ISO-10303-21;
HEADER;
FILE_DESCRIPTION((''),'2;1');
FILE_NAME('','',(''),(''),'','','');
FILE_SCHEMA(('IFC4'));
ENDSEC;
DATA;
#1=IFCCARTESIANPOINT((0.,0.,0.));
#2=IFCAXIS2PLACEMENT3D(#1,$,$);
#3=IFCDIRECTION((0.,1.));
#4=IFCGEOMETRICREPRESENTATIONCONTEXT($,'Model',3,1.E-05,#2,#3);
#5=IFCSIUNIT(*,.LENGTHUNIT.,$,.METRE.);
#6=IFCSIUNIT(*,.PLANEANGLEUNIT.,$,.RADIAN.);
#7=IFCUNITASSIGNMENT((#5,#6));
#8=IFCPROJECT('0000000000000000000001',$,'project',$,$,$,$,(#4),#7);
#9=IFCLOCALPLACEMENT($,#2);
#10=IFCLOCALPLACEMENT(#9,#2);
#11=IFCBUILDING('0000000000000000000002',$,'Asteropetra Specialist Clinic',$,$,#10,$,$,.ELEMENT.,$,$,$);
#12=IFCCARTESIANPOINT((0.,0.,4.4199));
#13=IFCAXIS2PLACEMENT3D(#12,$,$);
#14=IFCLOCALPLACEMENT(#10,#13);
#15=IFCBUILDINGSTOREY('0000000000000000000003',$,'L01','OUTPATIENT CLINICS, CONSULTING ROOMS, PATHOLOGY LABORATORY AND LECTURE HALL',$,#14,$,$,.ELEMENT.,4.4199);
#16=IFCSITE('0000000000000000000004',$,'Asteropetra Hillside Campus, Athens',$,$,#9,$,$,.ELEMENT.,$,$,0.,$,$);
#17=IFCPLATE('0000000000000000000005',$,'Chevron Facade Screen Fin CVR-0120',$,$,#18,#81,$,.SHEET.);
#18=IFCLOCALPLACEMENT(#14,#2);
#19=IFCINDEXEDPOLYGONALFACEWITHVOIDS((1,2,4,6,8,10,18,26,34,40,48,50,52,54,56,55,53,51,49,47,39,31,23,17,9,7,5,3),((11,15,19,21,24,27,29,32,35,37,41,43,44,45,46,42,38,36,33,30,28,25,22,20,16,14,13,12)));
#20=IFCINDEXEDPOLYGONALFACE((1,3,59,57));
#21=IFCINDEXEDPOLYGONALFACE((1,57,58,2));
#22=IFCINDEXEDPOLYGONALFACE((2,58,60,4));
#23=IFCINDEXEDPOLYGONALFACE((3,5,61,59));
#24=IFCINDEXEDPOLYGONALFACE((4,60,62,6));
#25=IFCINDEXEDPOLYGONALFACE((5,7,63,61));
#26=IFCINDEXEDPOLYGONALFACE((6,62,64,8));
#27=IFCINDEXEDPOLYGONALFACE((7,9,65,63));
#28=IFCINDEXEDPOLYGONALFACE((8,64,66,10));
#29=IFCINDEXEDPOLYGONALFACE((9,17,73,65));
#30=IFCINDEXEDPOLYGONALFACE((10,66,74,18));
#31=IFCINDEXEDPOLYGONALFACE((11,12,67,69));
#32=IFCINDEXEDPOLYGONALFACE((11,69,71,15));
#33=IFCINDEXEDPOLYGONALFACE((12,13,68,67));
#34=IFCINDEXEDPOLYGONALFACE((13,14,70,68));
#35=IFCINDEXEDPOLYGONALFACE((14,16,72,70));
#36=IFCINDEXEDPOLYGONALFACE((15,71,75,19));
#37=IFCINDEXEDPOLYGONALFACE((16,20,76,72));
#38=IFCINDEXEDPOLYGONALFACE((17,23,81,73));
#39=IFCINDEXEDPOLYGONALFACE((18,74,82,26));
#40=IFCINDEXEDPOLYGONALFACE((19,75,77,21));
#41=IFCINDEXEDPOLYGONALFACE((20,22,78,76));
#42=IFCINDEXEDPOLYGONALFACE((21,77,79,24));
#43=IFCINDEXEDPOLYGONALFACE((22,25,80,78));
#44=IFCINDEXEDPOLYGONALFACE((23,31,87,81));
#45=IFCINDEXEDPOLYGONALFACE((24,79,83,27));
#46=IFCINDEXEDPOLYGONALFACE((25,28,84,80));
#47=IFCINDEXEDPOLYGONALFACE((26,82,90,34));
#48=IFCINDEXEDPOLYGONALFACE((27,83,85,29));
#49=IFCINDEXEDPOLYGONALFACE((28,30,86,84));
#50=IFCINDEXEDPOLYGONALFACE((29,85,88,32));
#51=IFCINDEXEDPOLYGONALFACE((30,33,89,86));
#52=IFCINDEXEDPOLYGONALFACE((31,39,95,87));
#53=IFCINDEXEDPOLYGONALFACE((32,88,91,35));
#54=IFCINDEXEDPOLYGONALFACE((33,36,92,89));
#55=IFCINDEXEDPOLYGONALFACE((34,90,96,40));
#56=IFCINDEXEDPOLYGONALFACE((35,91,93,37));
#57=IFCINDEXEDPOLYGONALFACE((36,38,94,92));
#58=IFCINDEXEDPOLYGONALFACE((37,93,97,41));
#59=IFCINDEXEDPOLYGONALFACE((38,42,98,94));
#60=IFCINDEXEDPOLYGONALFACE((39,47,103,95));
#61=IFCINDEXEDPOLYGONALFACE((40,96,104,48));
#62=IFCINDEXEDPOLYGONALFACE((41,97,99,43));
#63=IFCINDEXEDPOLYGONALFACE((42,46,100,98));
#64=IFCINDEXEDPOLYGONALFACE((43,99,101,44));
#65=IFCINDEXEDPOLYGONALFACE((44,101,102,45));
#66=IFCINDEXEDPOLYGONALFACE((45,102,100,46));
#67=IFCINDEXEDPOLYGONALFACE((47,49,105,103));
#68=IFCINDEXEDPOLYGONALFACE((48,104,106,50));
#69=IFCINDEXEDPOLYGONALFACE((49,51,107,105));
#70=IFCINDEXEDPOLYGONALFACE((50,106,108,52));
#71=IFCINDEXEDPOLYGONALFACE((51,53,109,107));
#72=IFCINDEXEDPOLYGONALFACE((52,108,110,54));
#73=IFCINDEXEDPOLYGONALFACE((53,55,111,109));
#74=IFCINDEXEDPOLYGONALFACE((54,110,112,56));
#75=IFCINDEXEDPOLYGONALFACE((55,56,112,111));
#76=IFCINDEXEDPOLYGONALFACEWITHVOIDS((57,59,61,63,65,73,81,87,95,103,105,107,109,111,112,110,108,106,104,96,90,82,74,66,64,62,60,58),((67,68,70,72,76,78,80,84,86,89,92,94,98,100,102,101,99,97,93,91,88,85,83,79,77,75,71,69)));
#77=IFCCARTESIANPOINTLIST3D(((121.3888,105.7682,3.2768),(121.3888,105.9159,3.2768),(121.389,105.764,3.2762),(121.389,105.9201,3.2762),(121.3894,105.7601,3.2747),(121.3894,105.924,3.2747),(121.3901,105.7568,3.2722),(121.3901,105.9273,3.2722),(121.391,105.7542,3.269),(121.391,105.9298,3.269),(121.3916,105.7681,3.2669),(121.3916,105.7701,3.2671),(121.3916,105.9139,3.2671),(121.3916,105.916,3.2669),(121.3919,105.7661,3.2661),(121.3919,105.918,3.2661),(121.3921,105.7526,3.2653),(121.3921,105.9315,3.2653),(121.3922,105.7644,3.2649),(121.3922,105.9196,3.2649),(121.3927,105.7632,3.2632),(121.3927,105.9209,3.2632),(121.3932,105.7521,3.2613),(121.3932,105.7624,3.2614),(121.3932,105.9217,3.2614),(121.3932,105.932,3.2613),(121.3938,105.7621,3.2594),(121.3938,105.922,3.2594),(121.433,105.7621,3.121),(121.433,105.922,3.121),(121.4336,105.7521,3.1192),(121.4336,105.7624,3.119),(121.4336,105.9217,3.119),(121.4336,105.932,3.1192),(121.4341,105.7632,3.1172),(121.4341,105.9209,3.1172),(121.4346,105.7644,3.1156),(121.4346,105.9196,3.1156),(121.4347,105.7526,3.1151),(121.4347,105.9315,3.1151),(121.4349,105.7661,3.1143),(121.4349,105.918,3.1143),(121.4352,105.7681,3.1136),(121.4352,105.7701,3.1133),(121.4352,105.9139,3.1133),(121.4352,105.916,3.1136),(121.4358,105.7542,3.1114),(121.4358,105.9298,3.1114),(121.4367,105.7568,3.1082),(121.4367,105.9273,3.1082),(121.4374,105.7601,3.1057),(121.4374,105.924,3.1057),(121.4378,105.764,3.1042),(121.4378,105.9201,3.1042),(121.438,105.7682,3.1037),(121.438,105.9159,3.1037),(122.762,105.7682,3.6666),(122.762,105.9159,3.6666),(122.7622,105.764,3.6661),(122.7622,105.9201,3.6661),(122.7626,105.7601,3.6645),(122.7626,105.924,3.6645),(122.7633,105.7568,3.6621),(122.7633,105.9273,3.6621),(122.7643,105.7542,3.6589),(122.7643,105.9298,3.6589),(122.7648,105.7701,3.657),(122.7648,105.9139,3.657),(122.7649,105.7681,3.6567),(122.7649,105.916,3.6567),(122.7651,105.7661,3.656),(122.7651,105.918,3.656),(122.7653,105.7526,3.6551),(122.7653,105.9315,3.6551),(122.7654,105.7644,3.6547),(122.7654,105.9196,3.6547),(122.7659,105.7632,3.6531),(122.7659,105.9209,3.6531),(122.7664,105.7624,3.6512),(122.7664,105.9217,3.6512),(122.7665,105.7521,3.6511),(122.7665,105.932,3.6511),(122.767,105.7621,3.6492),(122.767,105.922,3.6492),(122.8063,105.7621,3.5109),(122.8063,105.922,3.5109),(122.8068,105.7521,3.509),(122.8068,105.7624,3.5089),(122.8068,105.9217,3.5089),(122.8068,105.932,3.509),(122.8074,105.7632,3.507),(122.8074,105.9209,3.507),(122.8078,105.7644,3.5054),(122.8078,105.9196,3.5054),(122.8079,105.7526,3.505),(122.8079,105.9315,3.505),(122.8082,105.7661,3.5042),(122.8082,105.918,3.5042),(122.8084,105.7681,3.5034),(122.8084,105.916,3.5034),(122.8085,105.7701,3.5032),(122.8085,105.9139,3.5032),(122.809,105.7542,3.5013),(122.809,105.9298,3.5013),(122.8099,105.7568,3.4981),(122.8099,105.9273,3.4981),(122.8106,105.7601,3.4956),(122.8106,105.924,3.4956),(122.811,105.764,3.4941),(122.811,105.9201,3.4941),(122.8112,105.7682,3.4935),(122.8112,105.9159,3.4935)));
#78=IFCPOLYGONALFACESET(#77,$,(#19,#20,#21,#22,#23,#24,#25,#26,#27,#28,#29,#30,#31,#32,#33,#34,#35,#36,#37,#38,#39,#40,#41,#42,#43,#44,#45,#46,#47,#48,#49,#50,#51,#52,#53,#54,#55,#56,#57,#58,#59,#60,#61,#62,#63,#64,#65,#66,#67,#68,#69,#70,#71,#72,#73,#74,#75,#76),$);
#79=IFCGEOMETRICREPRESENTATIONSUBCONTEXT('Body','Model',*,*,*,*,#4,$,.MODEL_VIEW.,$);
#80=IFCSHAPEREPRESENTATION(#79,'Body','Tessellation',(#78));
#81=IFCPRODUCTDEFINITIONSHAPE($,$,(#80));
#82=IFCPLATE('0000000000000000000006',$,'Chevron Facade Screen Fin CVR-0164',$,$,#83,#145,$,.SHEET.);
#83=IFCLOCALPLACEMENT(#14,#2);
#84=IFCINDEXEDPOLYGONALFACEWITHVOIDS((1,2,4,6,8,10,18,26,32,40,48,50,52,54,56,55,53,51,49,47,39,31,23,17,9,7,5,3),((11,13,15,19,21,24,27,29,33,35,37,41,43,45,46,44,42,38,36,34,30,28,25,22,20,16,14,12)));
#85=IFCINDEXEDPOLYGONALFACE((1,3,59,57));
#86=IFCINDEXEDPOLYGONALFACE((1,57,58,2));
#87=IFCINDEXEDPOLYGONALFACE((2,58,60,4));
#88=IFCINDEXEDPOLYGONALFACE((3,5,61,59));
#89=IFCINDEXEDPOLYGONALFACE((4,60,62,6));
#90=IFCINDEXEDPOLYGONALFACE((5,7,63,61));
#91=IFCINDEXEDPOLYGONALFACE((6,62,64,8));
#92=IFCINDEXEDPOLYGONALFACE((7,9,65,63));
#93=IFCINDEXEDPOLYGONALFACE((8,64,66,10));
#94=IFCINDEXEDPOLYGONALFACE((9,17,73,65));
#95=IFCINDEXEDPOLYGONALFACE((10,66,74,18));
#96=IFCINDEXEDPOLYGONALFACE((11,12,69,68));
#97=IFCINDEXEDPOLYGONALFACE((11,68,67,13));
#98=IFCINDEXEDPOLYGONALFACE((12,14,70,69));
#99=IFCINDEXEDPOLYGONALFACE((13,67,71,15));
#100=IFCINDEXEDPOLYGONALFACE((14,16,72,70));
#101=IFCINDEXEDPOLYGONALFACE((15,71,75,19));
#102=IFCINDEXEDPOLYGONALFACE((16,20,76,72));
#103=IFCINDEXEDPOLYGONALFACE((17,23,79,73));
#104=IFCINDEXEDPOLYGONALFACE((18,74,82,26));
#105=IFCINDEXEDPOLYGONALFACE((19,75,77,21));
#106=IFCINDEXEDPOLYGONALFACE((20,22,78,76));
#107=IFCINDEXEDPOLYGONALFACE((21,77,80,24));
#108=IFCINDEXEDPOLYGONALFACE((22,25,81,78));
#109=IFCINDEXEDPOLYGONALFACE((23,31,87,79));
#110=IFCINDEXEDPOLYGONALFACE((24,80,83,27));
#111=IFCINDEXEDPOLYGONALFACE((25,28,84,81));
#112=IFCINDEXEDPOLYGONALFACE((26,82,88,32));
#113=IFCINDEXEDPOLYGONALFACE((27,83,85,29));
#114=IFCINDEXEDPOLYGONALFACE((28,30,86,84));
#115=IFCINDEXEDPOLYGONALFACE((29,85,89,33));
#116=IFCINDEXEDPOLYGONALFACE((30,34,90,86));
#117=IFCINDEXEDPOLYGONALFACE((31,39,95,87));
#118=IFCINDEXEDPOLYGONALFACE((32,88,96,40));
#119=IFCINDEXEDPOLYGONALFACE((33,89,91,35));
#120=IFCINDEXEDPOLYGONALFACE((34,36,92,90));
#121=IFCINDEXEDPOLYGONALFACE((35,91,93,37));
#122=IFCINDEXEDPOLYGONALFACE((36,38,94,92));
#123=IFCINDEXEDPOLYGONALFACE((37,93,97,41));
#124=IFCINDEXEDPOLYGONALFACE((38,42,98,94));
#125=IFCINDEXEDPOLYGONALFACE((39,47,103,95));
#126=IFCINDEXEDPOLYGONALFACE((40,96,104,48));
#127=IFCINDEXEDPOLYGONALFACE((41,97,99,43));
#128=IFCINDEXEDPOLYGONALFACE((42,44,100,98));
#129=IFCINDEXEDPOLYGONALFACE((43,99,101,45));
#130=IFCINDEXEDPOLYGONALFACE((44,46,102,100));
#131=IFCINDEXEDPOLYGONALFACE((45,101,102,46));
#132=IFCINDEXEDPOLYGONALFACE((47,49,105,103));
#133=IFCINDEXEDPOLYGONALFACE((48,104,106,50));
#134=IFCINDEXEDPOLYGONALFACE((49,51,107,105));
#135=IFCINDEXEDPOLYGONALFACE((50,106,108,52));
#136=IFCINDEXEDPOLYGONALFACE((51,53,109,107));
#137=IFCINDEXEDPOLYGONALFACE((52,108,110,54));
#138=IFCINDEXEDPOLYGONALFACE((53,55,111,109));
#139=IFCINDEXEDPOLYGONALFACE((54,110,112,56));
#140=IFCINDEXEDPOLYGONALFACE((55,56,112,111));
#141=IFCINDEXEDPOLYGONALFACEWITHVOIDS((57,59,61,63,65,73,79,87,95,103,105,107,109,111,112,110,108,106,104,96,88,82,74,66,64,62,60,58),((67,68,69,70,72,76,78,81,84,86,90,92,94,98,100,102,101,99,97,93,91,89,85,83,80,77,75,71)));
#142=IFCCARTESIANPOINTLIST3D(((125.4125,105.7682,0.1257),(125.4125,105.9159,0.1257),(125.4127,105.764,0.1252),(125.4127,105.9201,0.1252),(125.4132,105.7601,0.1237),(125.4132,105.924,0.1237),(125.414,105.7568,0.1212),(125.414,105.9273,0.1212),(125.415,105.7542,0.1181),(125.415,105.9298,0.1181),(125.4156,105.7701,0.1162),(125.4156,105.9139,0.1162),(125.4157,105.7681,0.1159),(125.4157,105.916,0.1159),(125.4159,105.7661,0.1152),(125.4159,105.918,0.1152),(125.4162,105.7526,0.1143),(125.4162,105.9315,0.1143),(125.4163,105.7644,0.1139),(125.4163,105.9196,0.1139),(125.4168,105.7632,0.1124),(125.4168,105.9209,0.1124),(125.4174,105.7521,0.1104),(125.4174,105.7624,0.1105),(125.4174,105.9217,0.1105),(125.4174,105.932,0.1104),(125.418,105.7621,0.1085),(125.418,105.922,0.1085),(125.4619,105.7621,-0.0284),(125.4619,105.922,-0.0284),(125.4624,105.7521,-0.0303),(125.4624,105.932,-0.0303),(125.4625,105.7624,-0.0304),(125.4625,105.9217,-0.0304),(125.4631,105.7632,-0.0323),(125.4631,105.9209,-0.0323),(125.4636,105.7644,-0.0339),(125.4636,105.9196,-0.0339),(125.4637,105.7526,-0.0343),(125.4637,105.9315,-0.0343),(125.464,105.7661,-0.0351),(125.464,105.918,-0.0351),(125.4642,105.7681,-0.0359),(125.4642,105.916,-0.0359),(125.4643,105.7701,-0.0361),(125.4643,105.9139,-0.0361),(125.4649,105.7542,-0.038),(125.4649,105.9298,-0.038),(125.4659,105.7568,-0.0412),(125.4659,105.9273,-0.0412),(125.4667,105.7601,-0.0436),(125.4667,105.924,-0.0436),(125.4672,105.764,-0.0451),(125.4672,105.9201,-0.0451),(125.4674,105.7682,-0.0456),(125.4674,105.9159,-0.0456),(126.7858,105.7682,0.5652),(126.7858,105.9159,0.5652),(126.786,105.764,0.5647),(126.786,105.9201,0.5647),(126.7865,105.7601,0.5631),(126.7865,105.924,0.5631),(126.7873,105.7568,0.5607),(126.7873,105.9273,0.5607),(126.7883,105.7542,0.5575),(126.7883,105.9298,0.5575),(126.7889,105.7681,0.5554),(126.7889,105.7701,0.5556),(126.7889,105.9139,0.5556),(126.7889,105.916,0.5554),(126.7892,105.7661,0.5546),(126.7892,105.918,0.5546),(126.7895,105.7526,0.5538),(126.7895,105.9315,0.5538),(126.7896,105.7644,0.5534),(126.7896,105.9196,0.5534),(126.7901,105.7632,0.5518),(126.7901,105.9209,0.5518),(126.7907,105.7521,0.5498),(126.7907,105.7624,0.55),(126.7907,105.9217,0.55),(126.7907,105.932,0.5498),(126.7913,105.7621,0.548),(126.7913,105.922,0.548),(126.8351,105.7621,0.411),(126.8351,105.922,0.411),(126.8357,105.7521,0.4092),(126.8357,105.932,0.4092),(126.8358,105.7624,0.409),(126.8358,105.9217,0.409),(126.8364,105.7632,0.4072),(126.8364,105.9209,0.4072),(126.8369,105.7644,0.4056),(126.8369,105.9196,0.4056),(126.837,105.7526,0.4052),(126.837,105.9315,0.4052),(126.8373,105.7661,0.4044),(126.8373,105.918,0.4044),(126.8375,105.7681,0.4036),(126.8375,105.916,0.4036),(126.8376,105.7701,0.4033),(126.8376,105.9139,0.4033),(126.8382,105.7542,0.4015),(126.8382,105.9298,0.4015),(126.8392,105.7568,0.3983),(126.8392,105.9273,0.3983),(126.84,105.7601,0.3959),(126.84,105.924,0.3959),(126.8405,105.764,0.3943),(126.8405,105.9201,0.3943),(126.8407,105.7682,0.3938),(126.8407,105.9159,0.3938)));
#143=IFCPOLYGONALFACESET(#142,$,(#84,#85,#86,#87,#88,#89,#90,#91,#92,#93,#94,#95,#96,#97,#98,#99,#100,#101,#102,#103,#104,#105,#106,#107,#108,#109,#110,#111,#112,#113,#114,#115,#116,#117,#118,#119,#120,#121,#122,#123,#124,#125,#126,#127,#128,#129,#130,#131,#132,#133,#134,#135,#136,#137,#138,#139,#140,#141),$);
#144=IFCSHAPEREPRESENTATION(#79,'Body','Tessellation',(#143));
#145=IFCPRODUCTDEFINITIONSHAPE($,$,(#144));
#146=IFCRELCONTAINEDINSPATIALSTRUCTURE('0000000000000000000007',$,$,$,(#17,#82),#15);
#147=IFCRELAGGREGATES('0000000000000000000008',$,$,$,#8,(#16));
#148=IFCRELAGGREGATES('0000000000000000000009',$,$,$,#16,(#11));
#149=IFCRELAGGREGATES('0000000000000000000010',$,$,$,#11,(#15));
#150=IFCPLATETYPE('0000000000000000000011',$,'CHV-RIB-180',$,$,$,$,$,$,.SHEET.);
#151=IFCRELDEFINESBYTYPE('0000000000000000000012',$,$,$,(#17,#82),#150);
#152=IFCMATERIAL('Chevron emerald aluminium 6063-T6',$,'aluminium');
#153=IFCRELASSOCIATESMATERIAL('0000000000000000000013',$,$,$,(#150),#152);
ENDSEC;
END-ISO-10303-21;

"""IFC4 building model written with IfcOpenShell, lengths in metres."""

from ifc_helpers import new_model, si_unit, direction, frame, origin, origin_2d, place, context, subcontext, project, spatial, hollow_rectangle, extrude, material, material_profile, profile_set, type_object, element, save


model = new_model("IFC4")

# Units and contexts
model_context = context("Model", 3, precision=1e-05, world=origin(), true_north=direction((0.0, 1.0)))
body_context = subcontext(model_context, "Body", "Model", "MODEL_VIEW")
ifc_project = project(units=[si_unit("LENGTHUNIT", "METRE"), si_unit("PLANEANGLEUNIT", "RADIAN")], contexts=[model_context])

# Site, building, storey
site_placement = place(None, origin())
site = spatial("IfcSite", under=ifc_project, at=site_placement, Name="Asteropetra Hillside Campus, Athens", CompositionType="ELEMENT", RefElevation=0.0)
building_placement = place(site_placement, origin())
building = spatial("IfcBuilding", under=site, at=building_placement, Name="Asteropetra Specialist Clinic", CompositionType="ELEMENT")
storey_placement = place(building_placement, frame((0.0, 0.0, 4.4199)))
storey = spatial("IfcBuildingStorey", under=building, at=storey_placement, Name="L01", Description="OUTPATIENT CLINICS, CONSULTING ROOMS, PATHOLOGY LABORATORY AND LECTURE HALL", CompositionType="ELEMENT", Elevation=4.4199)

# Plates
ifc_material_1 = material(Name="Chevron emerald aluminium 6063-T6", Category="aluminium")
ifc_material_profile_1 = material_profile(ifc_material_1, hollow_rectangle(XDim=0.1799, YDim=0.1799, WallThickness=0.01, InnerFilletRadius=0.0081, OuterFilletRadius=0.0161, at=origin_2d()), Name="SHS 180x180x10.0")
ifc_profile_set_1 = profile_set([ifc_material_profile_1], Name="Chevron emerald aluminium 6063-T6")
plate_type = type_object("IfcPlateType", Name="CHV-RIB-180", PredefinedType="SHEET", material=ifc_profile_set_1)
for number, where, z_axis, x_axis, name in (
    (1, (122.7866, 105.842, 3.5801), (-0.961981, 0.0, -0.273117), (0.0, -1.0, 0.0), "Chevron Facade Screen Fin CVR-0120"),
):
    element("IfcPlate", number, at=place(storey_placement, frame(where, z_axis=z_axis, x_axis=x_axis)), inside=storey, type_object=plate_type, Name=name, PredefinedType="SHEET", context=body_context, shape_type="SweptSolid", body=[
        extrude(hollow_rectangle(XDim=0.1799, YDim=0.1799, WallThickness=0.01, InnerFilletRadius=0.0081, OuterFilletRadius=0.0161, at=origin_2d()), origin(), (0.0, 0.0, 1.0), 1.4275),
    ])
plate_1_placement = place(storey_placement, frame((126.8132, 105.842, 0.4795), z_axis=(-0.952424, 0.0, -0.304776), x_axis=(0.0, -1.0, 0.0)))
element("IfcPlate", 2, at=plate_1_placement, inside=storey, type_object=plate_type, Name="Chevron Facade Screen Fin CVR-0164", PredefinedType="SHEET", context=body_context, shape_type="SweptSolid", body=[
    extrude(hollow_rectangle(XDim=0.1799, YDim=0.1799, WallThickness=0.01, InnerFilletRadius=0.0081, OuterFilletRadius=0.0161, at=origin_2d()), origin(), (0.0, 0.0, 1.0), 1.4419),
])

save(model, "model.ifc")
